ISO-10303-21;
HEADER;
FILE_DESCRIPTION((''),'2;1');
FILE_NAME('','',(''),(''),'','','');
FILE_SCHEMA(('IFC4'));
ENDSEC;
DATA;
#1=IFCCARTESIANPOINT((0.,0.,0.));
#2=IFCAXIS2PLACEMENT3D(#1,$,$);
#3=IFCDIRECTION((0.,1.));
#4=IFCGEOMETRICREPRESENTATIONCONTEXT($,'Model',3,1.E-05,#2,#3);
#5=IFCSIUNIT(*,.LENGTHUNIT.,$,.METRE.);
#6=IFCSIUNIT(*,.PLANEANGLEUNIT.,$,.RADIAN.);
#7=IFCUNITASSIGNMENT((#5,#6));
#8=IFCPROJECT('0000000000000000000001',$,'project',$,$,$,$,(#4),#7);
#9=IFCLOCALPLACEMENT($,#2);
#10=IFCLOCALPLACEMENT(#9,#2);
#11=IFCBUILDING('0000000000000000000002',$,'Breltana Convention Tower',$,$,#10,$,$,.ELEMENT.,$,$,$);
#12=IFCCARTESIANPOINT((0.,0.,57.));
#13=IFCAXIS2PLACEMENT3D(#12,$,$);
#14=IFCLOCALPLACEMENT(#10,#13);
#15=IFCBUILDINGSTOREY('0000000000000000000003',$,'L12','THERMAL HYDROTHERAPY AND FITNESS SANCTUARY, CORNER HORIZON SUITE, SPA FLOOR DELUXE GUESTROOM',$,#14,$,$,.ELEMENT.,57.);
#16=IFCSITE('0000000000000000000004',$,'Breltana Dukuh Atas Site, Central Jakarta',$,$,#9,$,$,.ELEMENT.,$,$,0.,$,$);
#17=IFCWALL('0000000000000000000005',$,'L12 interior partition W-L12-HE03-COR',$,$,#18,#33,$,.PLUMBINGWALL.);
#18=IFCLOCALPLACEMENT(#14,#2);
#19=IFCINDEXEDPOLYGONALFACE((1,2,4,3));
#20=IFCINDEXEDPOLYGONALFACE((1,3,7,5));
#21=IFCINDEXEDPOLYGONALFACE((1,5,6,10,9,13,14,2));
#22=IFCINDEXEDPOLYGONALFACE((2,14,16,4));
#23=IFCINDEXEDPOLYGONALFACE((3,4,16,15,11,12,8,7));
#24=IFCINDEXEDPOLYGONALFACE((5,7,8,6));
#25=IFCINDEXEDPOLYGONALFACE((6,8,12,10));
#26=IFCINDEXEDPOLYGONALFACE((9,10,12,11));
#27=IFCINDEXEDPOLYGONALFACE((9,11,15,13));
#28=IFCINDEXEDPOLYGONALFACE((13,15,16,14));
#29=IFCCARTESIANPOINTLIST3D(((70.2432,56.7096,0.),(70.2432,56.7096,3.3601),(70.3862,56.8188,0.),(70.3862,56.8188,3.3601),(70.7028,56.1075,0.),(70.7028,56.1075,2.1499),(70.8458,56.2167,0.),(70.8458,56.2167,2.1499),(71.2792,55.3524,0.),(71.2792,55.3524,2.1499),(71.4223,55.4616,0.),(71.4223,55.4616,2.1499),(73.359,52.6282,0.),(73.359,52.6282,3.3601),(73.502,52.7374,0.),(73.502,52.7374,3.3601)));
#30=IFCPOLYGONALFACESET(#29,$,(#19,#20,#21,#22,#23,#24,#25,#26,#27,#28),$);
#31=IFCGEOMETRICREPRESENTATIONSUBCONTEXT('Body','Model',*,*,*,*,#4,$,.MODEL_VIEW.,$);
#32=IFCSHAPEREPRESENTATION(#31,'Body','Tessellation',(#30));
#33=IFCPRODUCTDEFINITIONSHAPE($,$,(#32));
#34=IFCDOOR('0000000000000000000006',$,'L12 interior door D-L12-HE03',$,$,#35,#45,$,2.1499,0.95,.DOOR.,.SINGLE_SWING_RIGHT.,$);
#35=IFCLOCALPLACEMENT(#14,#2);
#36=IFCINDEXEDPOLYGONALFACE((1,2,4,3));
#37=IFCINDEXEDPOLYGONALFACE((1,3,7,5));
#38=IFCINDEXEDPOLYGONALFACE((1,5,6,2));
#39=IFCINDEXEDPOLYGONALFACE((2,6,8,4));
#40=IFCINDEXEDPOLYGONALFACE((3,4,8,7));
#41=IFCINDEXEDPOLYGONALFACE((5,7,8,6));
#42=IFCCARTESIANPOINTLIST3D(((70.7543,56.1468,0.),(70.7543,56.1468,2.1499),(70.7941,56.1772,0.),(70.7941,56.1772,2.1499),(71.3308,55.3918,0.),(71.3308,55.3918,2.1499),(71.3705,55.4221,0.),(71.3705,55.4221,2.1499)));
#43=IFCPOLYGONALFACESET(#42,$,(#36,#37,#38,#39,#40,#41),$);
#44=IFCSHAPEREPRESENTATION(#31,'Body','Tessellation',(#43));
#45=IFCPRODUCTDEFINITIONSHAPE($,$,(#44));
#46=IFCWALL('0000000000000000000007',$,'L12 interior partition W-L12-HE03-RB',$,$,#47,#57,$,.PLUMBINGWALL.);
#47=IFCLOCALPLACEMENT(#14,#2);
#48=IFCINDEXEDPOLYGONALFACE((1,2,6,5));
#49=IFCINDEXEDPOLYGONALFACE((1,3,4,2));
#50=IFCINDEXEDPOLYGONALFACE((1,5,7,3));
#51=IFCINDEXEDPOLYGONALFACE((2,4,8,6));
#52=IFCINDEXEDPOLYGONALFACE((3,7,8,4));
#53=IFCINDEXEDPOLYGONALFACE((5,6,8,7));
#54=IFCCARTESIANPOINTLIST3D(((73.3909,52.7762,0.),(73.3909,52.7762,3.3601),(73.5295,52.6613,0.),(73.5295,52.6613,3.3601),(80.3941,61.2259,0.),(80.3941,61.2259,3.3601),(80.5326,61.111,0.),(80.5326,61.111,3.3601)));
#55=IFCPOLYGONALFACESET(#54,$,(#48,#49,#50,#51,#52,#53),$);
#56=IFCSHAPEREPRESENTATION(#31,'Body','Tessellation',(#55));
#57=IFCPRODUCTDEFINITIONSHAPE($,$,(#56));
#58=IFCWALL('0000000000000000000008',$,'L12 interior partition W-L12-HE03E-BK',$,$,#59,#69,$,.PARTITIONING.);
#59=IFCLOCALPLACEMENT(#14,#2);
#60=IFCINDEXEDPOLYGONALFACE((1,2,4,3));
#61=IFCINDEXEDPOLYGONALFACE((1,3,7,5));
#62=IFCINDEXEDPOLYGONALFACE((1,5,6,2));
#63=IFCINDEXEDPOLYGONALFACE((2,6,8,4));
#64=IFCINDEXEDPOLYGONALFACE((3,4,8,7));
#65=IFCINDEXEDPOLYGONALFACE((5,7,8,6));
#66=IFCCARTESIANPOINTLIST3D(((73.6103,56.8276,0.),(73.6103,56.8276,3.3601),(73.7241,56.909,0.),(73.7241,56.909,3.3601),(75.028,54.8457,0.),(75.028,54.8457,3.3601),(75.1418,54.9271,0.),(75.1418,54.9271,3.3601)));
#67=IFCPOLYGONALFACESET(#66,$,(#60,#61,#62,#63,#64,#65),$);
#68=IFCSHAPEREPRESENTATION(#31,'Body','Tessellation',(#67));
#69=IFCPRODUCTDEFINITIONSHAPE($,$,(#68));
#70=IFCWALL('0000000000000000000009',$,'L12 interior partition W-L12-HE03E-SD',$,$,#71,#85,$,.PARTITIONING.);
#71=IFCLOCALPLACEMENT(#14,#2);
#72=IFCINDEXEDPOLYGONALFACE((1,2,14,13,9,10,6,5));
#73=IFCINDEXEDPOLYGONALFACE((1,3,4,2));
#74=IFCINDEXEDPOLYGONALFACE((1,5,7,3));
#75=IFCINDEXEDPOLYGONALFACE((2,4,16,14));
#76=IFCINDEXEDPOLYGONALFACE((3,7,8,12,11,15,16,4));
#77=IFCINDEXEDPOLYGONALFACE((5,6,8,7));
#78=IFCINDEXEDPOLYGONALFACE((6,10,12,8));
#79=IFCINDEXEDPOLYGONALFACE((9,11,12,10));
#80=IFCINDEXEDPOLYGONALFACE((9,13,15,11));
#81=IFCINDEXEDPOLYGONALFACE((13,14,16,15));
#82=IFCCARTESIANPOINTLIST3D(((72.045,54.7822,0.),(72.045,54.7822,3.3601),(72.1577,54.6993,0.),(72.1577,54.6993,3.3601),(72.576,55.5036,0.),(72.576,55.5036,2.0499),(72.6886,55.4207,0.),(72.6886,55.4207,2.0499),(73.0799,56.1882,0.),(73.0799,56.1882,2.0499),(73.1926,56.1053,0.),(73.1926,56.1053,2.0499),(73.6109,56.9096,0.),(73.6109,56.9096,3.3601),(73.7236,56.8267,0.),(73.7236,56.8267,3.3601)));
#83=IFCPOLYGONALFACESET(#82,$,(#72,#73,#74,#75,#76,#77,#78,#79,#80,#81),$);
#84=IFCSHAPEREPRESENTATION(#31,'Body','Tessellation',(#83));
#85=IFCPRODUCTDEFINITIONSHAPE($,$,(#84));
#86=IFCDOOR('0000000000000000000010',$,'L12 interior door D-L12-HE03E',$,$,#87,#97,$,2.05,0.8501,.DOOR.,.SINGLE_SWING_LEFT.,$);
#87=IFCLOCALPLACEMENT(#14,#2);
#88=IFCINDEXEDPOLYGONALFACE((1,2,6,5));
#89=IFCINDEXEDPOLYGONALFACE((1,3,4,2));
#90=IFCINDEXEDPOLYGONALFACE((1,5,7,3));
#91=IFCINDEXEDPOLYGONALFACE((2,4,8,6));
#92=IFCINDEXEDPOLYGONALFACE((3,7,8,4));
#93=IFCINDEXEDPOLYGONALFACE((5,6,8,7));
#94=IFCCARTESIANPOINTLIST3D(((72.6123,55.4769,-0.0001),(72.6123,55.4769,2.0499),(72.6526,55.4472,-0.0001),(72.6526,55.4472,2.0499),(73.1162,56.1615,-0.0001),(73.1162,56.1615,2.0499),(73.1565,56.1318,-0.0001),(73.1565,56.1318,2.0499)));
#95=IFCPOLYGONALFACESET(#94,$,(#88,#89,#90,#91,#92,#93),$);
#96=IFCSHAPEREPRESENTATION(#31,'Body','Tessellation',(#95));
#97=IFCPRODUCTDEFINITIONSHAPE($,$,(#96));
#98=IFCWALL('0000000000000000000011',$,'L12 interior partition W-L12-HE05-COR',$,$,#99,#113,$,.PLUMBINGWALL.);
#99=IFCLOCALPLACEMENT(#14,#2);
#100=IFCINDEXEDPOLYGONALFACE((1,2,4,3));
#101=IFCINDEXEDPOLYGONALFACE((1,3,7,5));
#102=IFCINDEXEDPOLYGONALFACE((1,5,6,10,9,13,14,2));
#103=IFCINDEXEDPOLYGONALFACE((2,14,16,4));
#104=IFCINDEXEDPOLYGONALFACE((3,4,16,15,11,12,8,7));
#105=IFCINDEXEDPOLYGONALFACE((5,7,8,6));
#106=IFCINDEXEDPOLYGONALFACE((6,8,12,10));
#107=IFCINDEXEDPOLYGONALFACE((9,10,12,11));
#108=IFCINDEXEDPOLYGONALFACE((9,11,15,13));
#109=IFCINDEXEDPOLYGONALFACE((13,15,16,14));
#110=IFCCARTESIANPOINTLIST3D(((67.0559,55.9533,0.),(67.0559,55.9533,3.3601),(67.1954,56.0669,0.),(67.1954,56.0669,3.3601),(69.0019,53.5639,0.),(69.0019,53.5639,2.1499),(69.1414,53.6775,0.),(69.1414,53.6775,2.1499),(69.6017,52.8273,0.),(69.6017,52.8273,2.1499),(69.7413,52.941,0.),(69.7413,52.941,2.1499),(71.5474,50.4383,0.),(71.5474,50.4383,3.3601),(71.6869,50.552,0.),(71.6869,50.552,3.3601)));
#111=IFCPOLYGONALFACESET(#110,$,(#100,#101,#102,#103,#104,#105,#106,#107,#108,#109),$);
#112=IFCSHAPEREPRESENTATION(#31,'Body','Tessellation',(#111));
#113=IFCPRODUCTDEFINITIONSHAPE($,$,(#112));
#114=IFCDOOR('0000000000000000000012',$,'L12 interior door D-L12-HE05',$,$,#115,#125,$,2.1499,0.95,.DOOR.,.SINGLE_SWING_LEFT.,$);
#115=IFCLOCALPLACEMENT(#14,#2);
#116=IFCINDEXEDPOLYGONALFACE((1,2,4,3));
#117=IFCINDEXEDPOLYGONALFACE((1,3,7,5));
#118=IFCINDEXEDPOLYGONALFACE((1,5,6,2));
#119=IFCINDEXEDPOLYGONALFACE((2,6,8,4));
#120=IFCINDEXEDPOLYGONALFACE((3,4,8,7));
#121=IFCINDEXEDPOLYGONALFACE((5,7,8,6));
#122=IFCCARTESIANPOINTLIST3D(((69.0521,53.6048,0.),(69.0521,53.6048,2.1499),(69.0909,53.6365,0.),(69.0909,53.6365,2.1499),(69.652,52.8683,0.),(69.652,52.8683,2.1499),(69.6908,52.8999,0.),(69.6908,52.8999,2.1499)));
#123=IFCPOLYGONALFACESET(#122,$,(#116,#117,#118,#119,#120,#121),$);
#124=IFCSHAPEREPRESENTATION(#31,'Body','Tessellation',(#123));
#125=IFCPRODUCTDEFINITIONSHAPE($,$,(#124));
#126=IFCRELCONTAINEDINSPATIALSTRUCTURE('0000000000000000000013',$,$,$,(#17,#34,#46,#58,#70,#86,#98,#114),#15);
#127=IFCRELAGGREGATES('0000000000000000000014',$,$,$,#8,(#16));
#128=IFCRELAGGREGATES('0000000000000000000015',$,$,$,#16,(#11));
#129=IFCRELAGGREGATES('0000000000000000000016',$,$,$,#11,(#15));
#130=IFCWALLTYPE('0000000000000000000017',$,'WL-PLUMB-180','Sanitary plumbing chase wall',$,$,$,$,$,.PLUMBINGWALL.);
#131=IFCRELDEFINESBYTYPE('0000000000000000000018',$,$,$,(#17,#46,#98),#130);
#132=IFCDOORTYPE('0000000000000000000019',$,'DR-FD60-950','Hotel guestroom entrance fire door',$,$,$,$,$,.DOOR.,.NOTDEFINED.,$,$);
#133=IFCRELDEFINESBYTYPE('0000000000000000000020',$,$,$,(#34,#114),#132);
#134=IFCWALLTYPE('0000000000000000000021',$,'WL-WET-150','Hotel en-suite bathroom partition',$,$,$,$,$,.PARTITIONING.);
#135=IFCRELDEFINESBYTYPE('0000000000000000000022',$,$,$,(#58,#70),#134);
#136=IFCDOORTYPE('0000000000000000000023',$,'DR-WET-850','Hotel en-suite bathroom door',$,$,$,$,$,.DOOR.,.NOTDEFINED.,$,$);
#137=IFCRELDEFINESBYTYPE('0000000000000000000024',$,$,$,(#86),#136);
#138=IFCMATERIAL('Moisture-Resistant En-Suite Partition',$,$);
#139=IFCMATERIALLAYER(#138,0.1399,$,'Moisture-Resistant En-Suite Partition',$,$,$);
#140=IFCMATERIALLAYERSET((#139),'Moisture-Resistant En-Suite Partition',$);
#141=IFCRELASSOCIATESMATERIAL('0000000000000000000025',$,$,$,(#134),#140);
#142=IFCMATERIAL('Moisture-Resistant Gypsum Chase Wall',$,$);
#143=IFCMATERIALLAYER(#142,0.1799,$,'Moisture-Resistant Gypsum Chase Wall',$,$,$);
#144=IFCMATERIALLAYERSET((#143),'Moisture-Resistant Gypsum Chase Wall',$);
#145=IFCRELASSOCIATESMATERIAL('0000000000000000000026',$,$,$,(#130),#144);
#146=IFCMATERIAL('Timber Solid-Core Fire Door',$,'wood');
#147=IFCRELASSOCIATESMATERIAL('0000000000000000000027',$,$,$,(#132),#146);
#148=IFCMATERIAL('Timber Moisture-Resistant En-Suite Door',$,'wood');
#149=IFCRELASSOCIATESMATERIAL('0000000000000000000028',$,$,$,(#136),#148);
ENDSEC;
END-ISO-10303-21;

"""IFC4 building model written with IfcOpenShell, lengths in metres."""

from ifc_helpers import new_model, si_unit, direction, frame, frame_2d, origin, place, context, subcontext, project, spatial, rectangle, extrude, source, transform, mapped, material, layer, layer_set, type_object, type_shapes, element, fill, save


model = new_model("IFC4")

# Units and contexts
model_context = context("Model", 3, precision=1e-05, world=origin(), true_north=direction((0.0, 1.0)))
body_context = subcontext(model_context, "Body", "Model", "MODEL_VIEW")
ifc_project = project(units=[si_unit("LENGTHUNIT", "METRE"), si_unit("PLANEANGLEUNIT", "RADIAN")], contexts=[model_context])

# Site, building, storey
site_placement = place(None, origin())
site = spatial("IfcSite", under=ifc_project, at=site_placement, Name="Breltana Dukuh Atas Site, Central Jakarta", CompositionType="ELEMENT", RefElevation=0.0)
building_placement = place(site_placement, origin())
building = spatial("IfcBuilding", under=site, at=building_placement, Name="Breltana Convention Tower", CompositionType="ELEMENT")
storey_placement = place(building_placement, frame((0.0, 0.0, 57.0)))
storey = spatial("IfcBuildingStorey", under=building, at=storey_placement, Name="L12", Description="THERMAL HYDROTHERAPY AND FITNESS SANCTUARY, CORNER HORIZON SUITE, SPA FLOOR DELUXE GUESTROOM", CompositionType="ELEMENT", Elevation=57.0)

# Shared definitions
ifc_material_1 = material(Name="Moisture-Resistant En-Suite Partition")
ifc_layer_1 = layer(ifc_material_1, 0.1399, Name="Moisture-Resistant En-Suite Partition")
ifc_layer_set_1 = layer_set([ifc_layer_1], Name="Moisture-Resistant En-Suite Partition")
wall_type_1 = type_object("IfcWallType", Name="WL-WET-150", Description="Hotel en-suite bathroom partition", PredefinedType="PARTITIONING", material=ifc_layer_set_1)
ifc_material_2 = material(Name="Moisture-Resistant Gypsum Chase Wall")
ifc_layer_2 = layer(ifc_material_2, 0.1799, Name="Moisture-Resistant Gypsum Chase Wall")
ifc_layer_set_2 = layer_set([ifc_layer_2], Name="Moisture-Resistant Gypsum Chase Wall")
wall_type_2 = type_object("IfcWallType", Name="WL-PLUMB-180", Description="Sanitary plumbing chase wall", PredefinedType="PLUMBINGWALL", material=ifc_layer_set_2)

# Wall, opening, door
shared_shape_1 = source(origin(), body_context, "Body", "SweptSolid", [
    extrude(rectangle(XDim=5.1348, YDim=0.1799, at=frame_2d((2.5674, 0.0))), origin(), (0.0, 0.0, 1.0), 3.3601),
])
wall_1_placement = place(storey_placement, frame((70.3147, 56.7642, 0.0), z_axis=(0.0, 0.0, 1.0), x_axis=(0.606802, -0.794853, 0.0)))
wall_1 = element("IfcWall", 1, at=wall_1_placement, inside=storey, type_object=wall_type_2, Name="L12 interior partition W-L12-HE03-COR", PredefinedType="PLUMBINGWALL", context=body_context, shape_type="MappedRepresentation", body=[
    mapped(shared_shape_1, transform((0.0, 0.0, 0.0), scale=1.0)),
])
opening_1_placement = place(wall_1_placement, frame((0.7573, 0.0, 0.0)))
opening_1 = element("IfcOpeningElement", 2, at=opening_1_placement, cuts=wall_1, PredefinedType="OPENING", context=body_context, shape_type="SweptSolid", body=[
    extrude(rectangle(XDim=0.95, YDim=2.1499, at=frame_2d((0.4751, 1.075))), frame((0.0, 0.1001, 0.0), z_axis=(0.0, -1.0, 0.0), x_axis=(1.0, 0.0, 0.0)), (0.0, 0.0, 1.0), 0.2),
])
ifc_material_3 = material(Name="Timber Solid-Core Fire Door", Category="wood")
door_type_1 = type_object("IfcDoorType", Name="DR-FD60-950", Description="Hotel guestroom entrance fire door", OperationType="NOTDEFINED", PredefinedType="DOOR", material=ifc_material_3)
shared_shape_2 = source(origin(), body_context, "Body", "SweptSolid", [
    extrude(rectangle(XDim=0.95, YDim=2.1499, at=frame_2d((0.4751, 1.075))), frame((0.0, 0.0249, 0.0), z_axis=(0.0, -1.0, 0.0), x_axis=(1.0, 0.0, 0.0)), (0.0, 0.0, 1.0), 0.05),
])
type_shapes(door_type_1, [shared_shape_2])
door_1_placement = place(opening_1_placement, origin())
door_1 = element("IfcDoor", 3, at=door_1_placement, inside=storey, type_object=door_type_1, Name="L12 interior door D-L12-HE03", OperationType="SINGLE_SWING_RIGHT", OverallHeight=2.1499, OverallWidth=0.95, PredefinedType="DOOR", context=body_context, shape_type="MappedRepresentation", body=[
    mapped(shared_shape_2, transform((0.0, 0.0, 0.0), scale=1.0)),
])
fill(opening_1, door_1)

# Walls
shared_shape_3 = source(origin(), body_context, "Body", "SweptSolid", [
    extrude(rectangle(XDim=10.9746, YDim=0.1799, at=frame_2d((5.4873, 0.0))), origin(), (0.0, 0.0, 1.0), 3.3601),
])
wall_2_placement = place(storey_placement, frame((73.4602, 52.7188, 0.0), z_axis=(0.0, 0.0, 1.0), x_axis=(0.638125, 0.769933, 0.0)))
element("IfcWall", 4, at=wall_2_placement, inside=storey, type_object=wall_type_2, Name="L12 interior partition W-L12-HE03-RB", PredefinedType="PLUMBINGWALL", context=body_context, shape_type="MappedRepresentation", body=[
    mapped(shared_shape_3, transform((0.0, 0.0, 0.0), scale=1.0)),
])
shared_shape_4 = source(origin(), body_context, "Body", "SweptSolid", [
    extrude(rectangle(XDim=2.4368, YDim=0.1399, at=frame_2d((1.2183, 0.0))), origin(), (0.0, 0.0, 1.0), 3.3601),
])
wall_3_placement = place(storey_placement, frame((73.6672, 56.8682, 0.0), z_axis=(0.0, 0.0, 1.0), x_axis=(0.581797, -0.813334, 0.0)))
element("IfcWall", 5, at=wall_3_placement, inside=storey, type_object=wall_type_1, Name="L12 interior partition W-L12-HE03E-BK", PredefinedType="PARTITIONING", context=body_context, shape_type="MappedRepresentation", body=[
    mapped(shared_shape_4, transform((0.0, 0.0, 0.0), scale=1.0)),
])

# Walls, openings, doors
shared_shape_5 = source(origin(), body_context, "Body", "SweptSolid", [
    extrude(rectangle(XDim=2.6416, YDim=0.1399, at=frame_2d((1.3208, 0.0))), origin(), (0.0, 0.0, 1.0), 3.3601),
])
wall_4_placement = place(storey_placement, frame((72.1013, 54.7407, 0.0), z_axis=(0.0, 0.0, 1.0), x_axis=(0.592789, 0.805358, 0.0)))
wall_4 = element("IfcWall", 6, at=wall_4_placement, inside=storey, type_object=wall_type_1, Name="L12 interior partition W-L12-HE03E-SD", PredefinedType="PARTITIONING", context=body_context, shape_type="MappedRepresentation", body=[
    mapped(shared_shape_5, transform((0.0, 0.0, 0.0), scale=1.0)),
])
opening_2_placement = place(wall_4_placement, frame((0.8958, 0.0, 0.0)))
opening_2 = element("IfcOpeningElement", 7, at=opening_2_placement, cuts=wall_4, PredefinedType="OPENING", context=body_context, shape_type="SweptSolid", body=[
    extrude(rectangle(XDim=0.8501, YDim=2.05, at=frame_2d((0.425, 1.0249))), frame((0.0, 0.0801, 0.0), z_axis=(0.0, -1.0, 0.0), x_axis=(1.0, 0.0, 0.0)), (0.0, 0.0, 1.0), 0.1599),
])
ifc_material_4 = material(Name="Timber Moisture-Resistant En-Suite Door", Category="wood")
door_type_2 = type_object("IfcDoorType", Name="DR-WET-850", Description="Hotel en-suite bathroom door", OperationType="NOTDEFINED", PredefinedType="DOOR", material=ifc_material_4)
shared_shape_6 = source(origin(), body_context, "Body", "SweptSolid", [
    extrude(rectangle(XDim=0.8501, YDim=2.05, at=frame_2d((0.425, 1.0249))), frame((0.0, 0.0249, 0.0), z_axis=(0.0, -1.0, 0.0), x_axis=(1.0, 0.0, 0.0)), (0.0, 0.0, 1.0), 0.05),
])
type_shapes(door_type_2, [shared_shape_6])
door_2_placement = place(opening_2_placement, origin())
door_2 = element("IfcDoor", 8, at=door_2_placement, inside=storey, type_object=door_type_2, Name="L12 interior door D-L12-HE03E", OperationType="SINGLE_SWING_LEFT", OverallHeight=2.05, OverallWidth=0.8501, PredefinedType="DOOR", context=body_context, shape_type="MappedRepresentation", body=[
    mapped(shared_shape_6, transform((0.0, 0.0, 0.0), scale=1.0)),
])
fill(opening_2, door_2)
shared_shape_7 = source(origin(), body_context, "Body", "SweptSolid", [
    extrude(rectangle(XDim=7.1125, YDim=0.1799, at=frame_2d((3.5562, 0.0))), origin(), (0.0, 0.0, 1.0), 3.3601),
])
wall_5_placement = place(storey_placement, frame((67.1257, 56.01, 0.0), z_axis=(0.0, 0.0, 1.0), x_axis=(0.63149, -0.775384, 0.0)))
wall_5 = element("IfcWall", 9, at=wall_5_placement, inside=storey, type_object=wall_type_2, Name="L12 interior partition W-L12-HE05-COR", PredefinedType="PLUMBINGWALL", context=body_context, shape_type="MappedRepresentation", body=[
    mapped(shared_shape_7, transform((0.0, 0.0, 0.0), scale=1.0)),
])
opening_3_placement = place(wall_5_placement, frame((3.0813, 0.0, 0.0)))
opening_3 = element("IfcOpeningElement", 10, at=opening_3_placement, cuts=wall_5, PredefinedType="OPENING", context=body_context, shape_type="SweptSolid", body=[
    extrude(rectangle(XDim=0.95, YDim=2.1499, at=frame_2d((0.4751, 1.075))), frame((0.0, 0.1001, 0.0), z_axis=(0.0, -1.0, 0.0), x_axis=(1.0, 0.0, 0.0)), (0.0, 0.0, 1.0), 0.2),
])
door_3_placement = place(opening_3_placement, origin())
door_3 = element("IfcDoor", 11, at=door_3_placement, inside=storey, type_object=door_type_1, Name="L12 interior door D-L12-HE05", OperationType="SINGLE_SWING_LEFT", OverallHeight=2.1499, OverallWidth=0.95, PredefinedType="DOOR", context=body_context, shape_type="MappedRepresentation", body=[
    mapped(shared_shape_2, transform((0.0, 0.0, 0.0), scale=1.0)),
])
fill(opening_3, door_3)

save(model, "model.ifc")
